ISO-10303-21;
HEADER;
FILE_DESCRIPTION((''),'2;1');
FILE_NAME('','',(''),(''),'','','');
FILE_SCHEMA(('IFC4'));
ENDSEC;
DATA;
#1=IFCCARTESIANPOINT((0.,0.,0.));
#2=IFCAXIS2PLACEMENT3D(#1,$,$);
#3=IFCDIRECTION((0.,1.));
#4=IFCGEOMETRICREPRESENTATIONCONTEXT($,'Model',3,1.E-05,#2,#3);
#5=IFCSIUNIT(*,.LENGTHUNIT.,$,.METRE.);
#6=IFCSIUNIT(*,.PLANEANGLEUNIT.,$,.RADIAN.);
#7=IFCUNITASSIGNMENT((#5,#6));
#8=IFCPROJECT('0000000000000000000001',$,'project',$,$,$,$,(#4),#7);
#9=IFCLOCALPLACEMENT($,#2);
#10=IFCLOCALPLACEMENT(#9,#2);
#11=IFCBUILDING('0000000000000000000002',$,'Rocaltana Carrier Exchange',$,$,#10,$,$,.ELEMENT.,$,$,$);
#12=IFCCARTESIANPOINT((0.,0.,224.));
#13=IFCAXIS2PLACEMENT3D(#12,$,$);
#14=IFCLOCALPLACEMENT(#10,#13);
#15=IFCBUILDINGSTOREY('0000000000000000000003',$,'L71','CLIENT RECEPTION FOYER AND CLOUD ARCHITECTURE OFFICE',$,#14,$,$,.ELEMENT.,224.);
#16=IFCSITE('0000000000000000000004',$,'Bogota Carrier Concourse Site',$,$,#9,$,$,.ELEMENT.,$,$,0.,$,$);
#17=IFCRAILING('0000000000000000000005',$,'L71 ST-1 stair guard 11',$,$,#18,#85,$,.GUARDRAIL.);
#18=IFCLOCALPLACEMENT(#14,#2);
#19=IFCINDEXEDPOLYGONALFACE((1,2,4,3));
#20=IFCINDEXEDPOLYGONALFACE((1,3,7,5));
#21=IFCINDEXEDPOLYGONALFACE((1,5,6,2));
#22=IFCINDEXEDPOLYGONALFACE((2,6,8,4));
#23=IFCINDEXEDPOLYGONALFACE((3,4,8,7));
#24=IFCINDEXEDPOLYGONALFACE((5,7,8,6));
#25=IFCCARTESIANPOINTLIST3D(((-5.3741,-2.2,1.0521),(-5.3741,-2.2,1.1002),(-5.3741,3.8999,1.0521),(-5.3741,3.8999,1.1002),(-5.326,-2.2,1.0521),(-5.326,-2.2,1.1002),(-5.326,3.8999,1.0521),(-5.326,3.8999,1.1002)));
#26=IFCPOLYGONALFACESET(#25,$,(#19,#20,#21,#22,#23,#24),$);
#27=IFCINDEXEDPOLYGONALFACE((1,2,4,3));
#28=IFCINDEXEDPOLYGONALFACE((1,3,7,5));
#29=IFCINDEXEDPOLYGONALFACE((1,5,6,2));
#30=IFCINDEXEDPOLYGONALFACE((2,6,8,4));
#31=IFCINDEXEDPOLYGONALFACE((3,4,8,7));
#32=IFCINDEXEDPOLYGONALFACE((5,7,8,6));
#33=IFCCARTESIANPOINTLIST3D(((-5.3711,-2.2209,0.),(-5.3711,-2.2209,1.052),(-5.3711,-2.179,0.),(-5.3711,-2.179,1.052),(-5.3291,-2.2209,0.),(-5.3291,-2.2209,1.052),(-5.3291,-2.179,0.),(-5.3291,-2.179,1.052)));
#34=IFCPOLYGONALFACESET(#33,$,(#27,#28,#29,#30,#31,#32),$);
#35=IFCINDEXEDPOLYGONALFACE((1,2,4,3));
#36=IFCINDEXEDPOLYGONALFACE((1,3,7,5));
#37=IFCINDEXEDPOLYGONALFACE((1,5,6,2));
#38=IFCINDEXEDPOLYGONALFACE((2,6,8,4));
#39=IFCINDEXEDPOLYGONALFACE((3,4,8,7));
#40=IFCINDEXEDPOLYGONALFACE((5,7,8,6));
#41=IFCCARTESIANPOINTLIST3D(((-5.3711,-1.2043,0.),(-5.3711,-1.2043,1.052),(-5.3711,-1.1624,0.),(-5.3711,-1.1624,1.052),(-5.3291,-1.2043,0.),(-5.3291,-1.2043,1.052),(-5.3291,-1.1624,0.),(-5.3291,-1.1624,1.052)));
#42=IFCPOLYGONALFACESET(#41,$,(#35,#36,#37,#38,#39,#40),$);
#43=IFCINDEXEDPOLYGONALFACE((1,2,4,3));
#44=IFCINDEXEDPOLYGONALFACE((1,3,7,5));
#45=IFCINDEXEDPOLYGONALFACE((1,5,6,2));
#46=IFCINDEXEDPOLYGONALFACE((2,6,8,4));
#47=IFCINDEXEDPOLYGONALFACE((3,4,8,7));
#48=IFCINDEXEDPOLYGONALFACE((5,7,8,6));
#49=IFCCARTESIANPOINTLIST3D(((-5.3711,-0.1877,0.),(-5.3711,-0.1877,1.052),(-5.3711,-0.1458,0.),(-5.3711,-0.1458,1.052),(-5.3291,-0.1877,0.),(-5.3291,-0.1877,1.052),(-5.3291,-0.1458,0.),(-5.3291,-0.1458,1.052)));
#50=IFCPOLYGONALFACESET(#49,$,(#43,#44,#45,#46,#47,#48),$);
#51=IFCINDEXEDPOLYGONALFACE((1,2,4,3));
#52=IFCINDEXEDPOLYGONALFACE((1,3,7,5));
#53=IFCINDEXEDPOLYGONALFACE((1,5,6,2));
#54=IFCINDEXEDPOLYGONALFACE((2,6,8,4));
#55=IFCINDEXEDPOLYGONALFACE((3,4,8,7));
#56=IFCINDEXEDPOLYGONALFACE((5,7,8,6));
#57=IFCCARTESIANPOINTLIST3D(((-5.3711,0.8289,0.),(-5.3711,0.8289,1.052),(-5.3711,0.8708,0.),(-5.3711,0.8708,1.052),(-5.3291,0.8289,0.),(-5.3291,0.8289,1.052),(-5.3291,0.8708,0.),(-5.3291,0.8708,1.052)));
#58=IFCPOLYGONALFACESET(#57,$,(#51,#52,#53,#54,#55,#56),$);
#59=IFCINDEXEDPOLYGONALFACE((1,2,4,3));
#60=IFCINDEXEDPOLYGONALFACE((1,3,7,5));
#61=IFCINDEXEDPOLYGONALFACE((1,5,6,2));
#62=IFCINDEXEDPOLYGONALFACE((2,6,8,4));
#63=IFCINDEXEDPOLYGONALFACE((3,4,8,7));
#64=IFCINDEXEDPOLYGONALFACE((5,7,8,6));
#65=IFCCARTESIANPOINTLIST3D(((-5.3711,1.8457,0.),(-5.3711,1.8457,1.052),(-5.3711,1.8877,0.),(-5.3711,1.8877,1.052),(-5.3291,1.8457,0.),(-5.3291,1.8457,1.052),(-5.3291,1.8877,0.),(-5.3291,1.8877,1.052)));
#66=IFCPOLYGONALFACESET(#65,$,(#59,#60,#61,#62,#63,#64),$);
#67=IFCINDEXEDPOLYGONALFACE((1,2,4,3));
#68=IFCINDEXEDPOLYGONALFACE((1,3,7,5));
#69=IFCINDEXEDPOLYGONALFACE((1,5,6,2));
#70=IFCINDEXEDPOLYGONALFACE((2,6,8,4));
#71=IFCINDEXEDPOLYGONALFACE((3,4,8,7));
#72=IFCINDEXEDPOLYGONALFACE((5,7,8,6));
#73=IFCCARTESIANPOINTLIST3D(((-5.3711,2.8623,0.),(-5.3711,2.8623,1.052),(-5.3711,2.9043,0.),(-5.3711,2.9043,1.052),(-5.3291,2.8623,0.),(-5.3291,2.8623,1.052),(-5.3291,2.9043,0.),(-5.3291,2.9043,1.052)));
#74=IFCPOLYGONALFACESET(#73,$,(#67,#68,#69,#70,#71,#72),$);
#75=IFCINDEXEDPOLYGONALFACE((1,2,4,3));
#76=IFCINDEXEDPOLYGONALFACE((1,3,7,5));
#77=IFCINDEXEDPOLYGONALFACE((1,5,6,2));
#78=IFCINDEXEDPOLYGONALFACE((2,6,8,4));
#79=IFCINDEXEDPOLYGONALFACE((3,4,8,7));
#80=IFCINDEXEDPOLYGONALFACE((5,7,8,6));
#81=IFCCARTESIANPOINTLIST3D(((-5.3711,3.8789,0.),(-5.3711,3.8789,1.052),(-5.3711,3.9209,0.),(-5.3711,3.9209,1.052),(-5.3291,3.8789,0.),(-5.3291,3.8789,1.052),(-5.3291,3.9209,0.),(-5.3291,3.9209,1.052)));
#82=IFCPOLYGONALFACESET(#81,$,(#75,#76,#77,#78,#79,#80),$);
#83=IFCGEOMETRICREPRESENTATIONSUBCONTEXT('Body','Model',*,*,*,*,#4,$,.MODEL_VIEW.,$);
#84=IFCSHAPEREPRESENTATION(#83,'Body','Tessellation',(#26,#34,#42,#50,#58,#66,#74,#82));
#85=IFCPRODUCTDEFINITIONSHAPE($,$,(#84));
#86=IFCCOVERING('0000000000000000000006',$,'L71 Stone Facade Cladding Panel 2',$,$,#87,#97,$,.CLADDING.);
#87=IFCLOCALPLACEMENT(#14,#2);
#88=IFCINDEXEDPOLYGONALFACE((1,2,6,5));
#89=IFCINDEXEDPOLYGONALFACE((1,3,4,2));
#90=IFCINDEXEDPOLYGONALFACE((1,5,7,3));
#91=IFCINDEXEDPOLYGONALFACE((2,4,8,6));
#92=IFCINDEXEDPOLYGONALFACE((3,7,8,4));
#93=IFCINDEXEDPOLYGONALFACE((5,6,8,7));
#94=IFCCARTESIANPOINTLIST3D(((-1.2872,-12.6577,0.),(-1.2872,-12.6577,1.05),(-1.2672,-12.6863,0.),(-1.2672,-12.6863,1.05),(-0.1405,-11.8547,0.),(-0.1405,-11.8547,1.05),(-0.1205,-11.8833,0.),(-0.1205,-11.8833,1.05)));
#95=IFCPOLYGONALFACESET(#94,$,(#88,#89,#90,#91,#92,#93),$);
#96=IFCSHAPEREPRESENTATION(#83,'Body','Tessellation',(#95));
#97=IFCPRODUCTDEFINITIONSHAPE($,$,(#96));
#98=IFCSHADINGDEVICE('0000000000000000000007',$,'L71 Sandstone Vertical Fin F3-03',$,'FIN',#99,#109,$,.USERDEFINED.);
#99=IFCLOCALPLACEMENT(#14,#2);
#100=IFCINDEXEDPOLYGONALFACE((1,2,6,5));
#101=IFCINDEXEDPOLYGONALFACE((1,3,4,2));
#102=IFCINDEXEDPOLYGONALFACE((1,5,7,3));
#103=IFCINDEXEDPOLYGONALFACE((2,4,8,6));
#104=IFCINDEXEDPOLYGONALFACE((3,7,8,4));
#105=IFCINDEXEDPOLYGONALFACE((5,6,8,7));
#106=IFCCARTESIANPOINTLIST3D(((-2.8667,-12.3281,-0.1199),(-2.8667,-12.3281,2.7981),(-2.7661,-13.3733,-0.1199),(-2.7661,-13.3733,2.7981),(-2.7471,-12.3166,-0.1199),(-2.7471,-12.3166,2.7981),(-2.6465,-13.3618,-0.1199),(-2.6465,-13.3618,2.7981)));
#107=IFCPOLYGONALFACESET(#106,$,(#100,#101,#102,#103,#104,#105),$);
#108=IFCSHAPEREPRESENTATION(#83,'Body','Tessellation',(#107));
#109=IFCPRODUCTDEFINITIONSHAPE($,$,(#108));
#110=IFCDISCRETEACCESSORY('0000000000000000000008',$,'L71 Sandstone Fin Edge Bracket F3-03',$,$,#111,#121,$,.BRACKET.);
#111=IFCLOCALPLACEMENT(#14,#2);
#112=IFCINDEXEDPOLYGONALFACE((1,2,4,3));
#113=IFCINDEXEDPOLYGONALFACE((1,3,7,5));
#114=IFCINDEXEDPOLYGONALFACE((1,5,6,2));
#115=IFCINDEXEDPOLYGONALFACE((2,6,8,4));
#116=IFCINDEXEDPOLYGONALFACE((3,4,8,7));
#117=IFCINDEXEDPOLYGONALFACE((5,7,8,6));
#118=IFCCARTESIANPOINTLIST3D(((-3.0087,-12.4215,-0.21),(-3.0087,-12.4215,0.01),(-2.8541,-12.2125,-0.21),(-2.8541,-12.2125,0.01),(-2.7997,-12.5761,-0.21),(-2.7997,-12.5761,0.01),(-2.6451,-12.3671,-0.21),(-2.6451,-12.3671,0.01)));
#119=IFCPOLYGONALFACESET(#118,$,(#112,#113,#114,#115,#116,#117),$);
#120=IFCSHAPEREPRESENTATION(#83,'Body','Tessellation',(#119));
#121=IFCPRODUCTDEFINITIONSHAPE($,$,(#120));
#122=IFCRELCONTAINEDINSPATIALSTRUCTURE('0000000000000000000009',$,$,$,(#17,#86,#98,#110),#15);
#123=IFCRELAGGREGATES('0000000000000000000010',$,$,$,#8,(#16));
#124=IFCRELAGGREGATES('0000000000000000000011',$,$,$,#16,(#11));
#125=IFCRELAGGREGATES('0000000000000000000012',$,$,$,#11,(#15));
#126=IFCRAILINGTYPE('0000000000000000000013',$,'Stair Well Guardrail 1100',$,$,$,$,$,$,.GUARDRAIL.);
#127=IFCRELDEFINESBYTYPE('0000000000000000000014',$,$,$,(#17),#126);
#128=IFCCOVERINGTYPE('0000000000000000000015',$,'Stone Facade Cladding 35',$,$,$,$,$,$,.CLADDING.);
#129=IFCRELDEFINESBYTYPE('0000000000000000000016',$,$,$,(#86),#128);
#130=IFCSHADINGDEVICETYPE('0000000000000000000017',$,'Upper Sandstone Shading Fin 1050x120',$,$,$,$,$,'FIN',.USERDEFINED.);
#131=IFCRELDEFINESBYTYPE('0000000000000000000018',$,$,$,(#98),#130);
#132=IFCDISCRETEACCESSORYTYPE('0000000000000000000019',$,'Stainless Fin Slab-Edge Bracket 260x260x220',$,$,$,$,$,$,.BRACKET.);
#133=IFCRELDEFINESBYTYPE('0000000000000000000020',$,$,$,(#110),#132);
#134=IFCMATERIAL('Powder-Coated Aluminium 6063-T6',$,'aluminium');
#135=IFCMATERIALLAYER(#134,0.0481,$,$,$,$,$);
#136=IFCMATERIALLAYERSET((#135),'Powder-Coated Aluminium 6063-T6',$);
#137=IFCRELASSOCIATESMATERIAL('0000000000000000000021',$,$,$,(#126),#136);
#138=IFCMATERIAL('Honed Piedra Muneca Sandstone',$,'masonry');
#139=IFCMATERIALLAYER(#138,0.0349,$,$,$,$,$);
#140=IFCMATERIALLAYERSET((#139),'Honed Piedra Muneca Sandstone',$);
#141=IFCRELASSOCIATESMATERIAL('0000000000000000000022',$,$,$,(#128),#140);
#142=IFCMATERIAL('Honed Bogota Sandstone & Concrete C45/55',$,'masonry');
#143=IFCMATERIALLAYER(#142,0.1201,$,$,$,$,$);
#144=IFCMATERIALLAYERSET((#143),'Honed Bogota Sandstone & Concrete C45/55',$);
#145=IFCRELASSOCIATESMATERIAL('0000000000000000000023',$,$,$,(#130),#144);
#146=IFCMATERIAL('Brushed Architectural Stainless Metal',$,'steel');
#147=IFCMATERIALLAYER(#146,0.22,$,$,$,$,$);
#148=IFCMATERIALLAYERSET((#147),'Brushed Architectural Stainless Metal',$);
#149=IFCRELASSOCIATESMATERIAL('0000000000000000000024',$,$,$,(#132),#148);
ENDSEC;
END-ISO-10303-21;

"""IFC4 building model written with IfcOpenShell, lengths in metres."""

from ifc_helpers import new_model, si_unit, direction, frame, origin, origin_2d, place, context, subcontext, project, spatial, rectangle, extrude, material, layer, layer_set, type_object, element, save


model = new_model("IFC4")

# Units and contexts
model_context = context("Model", 3, precision=1e-05, world=origin(), true_north=direction((0.0, 1.0)))
body_context = subcontext(model_context, "Body", "Model", "MODEL_VIEW")
ifc_project = project(units=[si_unit("LENGTHUNIT", "METRE"), si_unit("PLANEANGLEUNIT", "RADIAN")], contexts=[model_context])

# Site, building, storey
site_placement = place(None, origin())
site = spatial("IfcSite", under=ifc_project, at=site_placement, Name="Bogota Carrier Concourse Site", CompositionType="ELEMENT", RefElevation=0.0)
building_placement = place(site_placement, origin())
building = spatial("IfcBuilding", under=site, at=building_placement, Name="Rocaltana Carrier Exchange", CompositionType="ELEMENT")
storey_placement = place(building_placement, frame((0.0, 0.0, 224.0)))
storey = spatial("IfcBuildingStorey", under=building, at=storey_placement, Name="L71", Description="CLIENT RECEPTION FOYER AND CLOUD ARCHITECTURE OFFICE", CompositionType="ELEMENT", Elevation=224.0)

# Railing
ifc_material_1 = material(Name="Powder-Coated Aluminium 6063-T6", Category="aluminium")
ifc_layer_1 = layer(ifc_material_1, 0.0481)
ifc_layer_set_1 = layer_set([ifc_layer_1], Name="Powder-Coated Aluminium 6063-T6")
railing_type_1 = type_object("IfcRailingType", Name="Stair Well Guardrail 1100", PredefinedType="GUARDRAIL", material=ifc_layer_set_1)
for number, where, name in (
    (1, (-5.3501, -2.2, 0.0), "L71 ST-1 stair guard 11"),
):
    element("IfcRailing", number, at=place(storey_placement, frame(where)), inside=storey, type_object=railing_type_1, Name=name, PredefinedType="GUARDRAIL", context=body_context, shape_type="SweptSolid", body=[
        extrude(rectangle(XDim=0.0481, YDim=0.0481, at=origin_2d()), frame((0.0, 0.0, 1.0762), z_axis=(0.0, 1.0, 0.0), x_axis=(-1.0, 0.0, 0.0)), (0.0, 0.0, 1.0), 6.0999),
        extrude(rectangle(XDim=0.042, YDim=0.042, at=origin_2d()), origin(), (0.0, 0.0, 1.0), 1.052),
        extrude(rectangle(XDim=0.042, YDim=0.042, at=origin_2d()), frame((0.0, 1.0166, 0.0)), (0.0, 0.0, 1.0), 1.052),
        extrude(rectangle(XDim=0.042, YDim=0.042, at=origin_2d()), frame((0.0, 2.0332, 0.0)), (0.0, 0.0, 1.0), 1.052),
        extrude(rectangle(XDim=0.042, YDim=0.042, at=origin_2d()), frame((0.0, 3.0498, 0.0)), (0.0, 0.0, 1.0), 1.052),
        extrude(rectangle(XDim=0.042, YDim=0.042, at=origin_2d()), frame((0.0, 4.0667, 0.0)), (0.0, 0.0, 1.0), 1.052),
        extrude(rectangle(XDim=0.042, YDim=0.042, at=origin_2d()), frame((0.0, 5.0833, 0.0)), (0.0, 0.0, 1.0), 1.052),
        extrude(rectangle(XDim=0.042, YDim=0.042, at=origin_2d()), frame((0.0, 6.0999, 0.0)), (0.0, 0.0, 1.0), 1.052),
    ])

# Covering
ifc_material_2 = material(Name="Honed Piedra Muneca Sandstone", Category="masonry")
ifc_layer_2 = layer(ifc_material_2, 0.0349)
ifc_layer_set_2 = layer_set([ifc_layer_2], Name="Honed Piedra Muneca Sandstone")
covering_type_1 = type_object("IfcCoveringType", Name="Stone Facade Cladding 35", PredefinedType="CLADDING", material=ifc_layer_set_2)
covering_1_placement = place(storey_placement, frame((-0.7039, -12.2705, 0.0), z_axis=(0.0, 0.0, 1.0), x_axis=(0.819152, 0.573576, 0.0)))
element("IfcCovering", 2, at=covering_1_placement, inside=storey, type_object=covering_type_1, Name="L71 Stone Facade Cladding Panel 2", PredefinedType="CLADDING", context=body_context, shape_type="SweptSolid", body=[
    extrude(rectangle(XDim=1.3999, YDim=0.0349, at=origin_2d()), origin(), (0.0, 0.0, 1.0), 1.05),
])

# Shading device
ifc_material_3 = material(Name="Honed Bogota Sandstone & Concrete C45/55", Category="masonry")
ifc_layer_3 = layer(ifc_material_3, 0.1201)
ifc_layer_set_3 = layer_set([ifc_layer_3], Name="Honed Bogota Sandstone & Concrete C45/55")
shading_device_type = type_object("IfcShadingDeviceType", Name="Upper Sandstone Shading Fin 1050x120", ElementType="FIN", PredefinedType="USERDEFINED", material=ifc_layer_set_3)
shading_device_placement = place(storey_placement, frame((-2.7566, -12.845, -0.1199), z_axis=(0.0, 0.0, 1.0), x_axis=(0.095846, -0.995396, 0.0)))
element("IfcShadingDevice", 3, at=shading_device_placement, inside=storey, type_object=shading_device_type, Name="L71 Sandstone Vertical Fin F3-03", ObjectType="FIN", PredefinedType="USERDEFINED", context=body_context, shape_type="SweptSolid", body=[
    extrude(rectangle(XDim=1.05, YDim=0.1201, at=origin_2d()), origin(), (0.0, 0.0, 1.0), 2.918),
])

# Discrete accessory
ifc_material_4 = material(Name="Brushed Architectural Stainless Metal", Category="steel")
ifc_layer_4 = layer(ifc_material_4, 0.22)
ifc_layer_set_4 = layer_set([ifc_layer_4], Name="Brushed Architectural Stainless Metal")
discrete_accessory_type = type_object("IfcDiscreteAccessoryType", Name="Stainless Fin Slab-Edge Bracket 260x260x220", PredefinedType="BRACKET", material=ifc_layer_set_4)
discrete_accessory_placement = place(storey_placement, frame((-2.8269, -12.3943, -0.21), z_axis=(0.0, 0.0, 1.0), x_axis=(0.803857, -0.594823, 0.0)))
element("IfcDiscreteAccessory", 4, at=discrete_accessory_placement, inside=storey, type_object=discrete_accessory_type, Name="L71 Sandstone Fin Edge Bracket F3-03", PredefinedType="BRACKET", context=body_context, shape_type="SweptSolid", body=[
    extrude(rectangle(XDim=0.26, YDim=0.26, at=origin_2d()), origin(), (0.0, 0.0, 1.0), 0.22),
])

save(model, "model.ifc")
